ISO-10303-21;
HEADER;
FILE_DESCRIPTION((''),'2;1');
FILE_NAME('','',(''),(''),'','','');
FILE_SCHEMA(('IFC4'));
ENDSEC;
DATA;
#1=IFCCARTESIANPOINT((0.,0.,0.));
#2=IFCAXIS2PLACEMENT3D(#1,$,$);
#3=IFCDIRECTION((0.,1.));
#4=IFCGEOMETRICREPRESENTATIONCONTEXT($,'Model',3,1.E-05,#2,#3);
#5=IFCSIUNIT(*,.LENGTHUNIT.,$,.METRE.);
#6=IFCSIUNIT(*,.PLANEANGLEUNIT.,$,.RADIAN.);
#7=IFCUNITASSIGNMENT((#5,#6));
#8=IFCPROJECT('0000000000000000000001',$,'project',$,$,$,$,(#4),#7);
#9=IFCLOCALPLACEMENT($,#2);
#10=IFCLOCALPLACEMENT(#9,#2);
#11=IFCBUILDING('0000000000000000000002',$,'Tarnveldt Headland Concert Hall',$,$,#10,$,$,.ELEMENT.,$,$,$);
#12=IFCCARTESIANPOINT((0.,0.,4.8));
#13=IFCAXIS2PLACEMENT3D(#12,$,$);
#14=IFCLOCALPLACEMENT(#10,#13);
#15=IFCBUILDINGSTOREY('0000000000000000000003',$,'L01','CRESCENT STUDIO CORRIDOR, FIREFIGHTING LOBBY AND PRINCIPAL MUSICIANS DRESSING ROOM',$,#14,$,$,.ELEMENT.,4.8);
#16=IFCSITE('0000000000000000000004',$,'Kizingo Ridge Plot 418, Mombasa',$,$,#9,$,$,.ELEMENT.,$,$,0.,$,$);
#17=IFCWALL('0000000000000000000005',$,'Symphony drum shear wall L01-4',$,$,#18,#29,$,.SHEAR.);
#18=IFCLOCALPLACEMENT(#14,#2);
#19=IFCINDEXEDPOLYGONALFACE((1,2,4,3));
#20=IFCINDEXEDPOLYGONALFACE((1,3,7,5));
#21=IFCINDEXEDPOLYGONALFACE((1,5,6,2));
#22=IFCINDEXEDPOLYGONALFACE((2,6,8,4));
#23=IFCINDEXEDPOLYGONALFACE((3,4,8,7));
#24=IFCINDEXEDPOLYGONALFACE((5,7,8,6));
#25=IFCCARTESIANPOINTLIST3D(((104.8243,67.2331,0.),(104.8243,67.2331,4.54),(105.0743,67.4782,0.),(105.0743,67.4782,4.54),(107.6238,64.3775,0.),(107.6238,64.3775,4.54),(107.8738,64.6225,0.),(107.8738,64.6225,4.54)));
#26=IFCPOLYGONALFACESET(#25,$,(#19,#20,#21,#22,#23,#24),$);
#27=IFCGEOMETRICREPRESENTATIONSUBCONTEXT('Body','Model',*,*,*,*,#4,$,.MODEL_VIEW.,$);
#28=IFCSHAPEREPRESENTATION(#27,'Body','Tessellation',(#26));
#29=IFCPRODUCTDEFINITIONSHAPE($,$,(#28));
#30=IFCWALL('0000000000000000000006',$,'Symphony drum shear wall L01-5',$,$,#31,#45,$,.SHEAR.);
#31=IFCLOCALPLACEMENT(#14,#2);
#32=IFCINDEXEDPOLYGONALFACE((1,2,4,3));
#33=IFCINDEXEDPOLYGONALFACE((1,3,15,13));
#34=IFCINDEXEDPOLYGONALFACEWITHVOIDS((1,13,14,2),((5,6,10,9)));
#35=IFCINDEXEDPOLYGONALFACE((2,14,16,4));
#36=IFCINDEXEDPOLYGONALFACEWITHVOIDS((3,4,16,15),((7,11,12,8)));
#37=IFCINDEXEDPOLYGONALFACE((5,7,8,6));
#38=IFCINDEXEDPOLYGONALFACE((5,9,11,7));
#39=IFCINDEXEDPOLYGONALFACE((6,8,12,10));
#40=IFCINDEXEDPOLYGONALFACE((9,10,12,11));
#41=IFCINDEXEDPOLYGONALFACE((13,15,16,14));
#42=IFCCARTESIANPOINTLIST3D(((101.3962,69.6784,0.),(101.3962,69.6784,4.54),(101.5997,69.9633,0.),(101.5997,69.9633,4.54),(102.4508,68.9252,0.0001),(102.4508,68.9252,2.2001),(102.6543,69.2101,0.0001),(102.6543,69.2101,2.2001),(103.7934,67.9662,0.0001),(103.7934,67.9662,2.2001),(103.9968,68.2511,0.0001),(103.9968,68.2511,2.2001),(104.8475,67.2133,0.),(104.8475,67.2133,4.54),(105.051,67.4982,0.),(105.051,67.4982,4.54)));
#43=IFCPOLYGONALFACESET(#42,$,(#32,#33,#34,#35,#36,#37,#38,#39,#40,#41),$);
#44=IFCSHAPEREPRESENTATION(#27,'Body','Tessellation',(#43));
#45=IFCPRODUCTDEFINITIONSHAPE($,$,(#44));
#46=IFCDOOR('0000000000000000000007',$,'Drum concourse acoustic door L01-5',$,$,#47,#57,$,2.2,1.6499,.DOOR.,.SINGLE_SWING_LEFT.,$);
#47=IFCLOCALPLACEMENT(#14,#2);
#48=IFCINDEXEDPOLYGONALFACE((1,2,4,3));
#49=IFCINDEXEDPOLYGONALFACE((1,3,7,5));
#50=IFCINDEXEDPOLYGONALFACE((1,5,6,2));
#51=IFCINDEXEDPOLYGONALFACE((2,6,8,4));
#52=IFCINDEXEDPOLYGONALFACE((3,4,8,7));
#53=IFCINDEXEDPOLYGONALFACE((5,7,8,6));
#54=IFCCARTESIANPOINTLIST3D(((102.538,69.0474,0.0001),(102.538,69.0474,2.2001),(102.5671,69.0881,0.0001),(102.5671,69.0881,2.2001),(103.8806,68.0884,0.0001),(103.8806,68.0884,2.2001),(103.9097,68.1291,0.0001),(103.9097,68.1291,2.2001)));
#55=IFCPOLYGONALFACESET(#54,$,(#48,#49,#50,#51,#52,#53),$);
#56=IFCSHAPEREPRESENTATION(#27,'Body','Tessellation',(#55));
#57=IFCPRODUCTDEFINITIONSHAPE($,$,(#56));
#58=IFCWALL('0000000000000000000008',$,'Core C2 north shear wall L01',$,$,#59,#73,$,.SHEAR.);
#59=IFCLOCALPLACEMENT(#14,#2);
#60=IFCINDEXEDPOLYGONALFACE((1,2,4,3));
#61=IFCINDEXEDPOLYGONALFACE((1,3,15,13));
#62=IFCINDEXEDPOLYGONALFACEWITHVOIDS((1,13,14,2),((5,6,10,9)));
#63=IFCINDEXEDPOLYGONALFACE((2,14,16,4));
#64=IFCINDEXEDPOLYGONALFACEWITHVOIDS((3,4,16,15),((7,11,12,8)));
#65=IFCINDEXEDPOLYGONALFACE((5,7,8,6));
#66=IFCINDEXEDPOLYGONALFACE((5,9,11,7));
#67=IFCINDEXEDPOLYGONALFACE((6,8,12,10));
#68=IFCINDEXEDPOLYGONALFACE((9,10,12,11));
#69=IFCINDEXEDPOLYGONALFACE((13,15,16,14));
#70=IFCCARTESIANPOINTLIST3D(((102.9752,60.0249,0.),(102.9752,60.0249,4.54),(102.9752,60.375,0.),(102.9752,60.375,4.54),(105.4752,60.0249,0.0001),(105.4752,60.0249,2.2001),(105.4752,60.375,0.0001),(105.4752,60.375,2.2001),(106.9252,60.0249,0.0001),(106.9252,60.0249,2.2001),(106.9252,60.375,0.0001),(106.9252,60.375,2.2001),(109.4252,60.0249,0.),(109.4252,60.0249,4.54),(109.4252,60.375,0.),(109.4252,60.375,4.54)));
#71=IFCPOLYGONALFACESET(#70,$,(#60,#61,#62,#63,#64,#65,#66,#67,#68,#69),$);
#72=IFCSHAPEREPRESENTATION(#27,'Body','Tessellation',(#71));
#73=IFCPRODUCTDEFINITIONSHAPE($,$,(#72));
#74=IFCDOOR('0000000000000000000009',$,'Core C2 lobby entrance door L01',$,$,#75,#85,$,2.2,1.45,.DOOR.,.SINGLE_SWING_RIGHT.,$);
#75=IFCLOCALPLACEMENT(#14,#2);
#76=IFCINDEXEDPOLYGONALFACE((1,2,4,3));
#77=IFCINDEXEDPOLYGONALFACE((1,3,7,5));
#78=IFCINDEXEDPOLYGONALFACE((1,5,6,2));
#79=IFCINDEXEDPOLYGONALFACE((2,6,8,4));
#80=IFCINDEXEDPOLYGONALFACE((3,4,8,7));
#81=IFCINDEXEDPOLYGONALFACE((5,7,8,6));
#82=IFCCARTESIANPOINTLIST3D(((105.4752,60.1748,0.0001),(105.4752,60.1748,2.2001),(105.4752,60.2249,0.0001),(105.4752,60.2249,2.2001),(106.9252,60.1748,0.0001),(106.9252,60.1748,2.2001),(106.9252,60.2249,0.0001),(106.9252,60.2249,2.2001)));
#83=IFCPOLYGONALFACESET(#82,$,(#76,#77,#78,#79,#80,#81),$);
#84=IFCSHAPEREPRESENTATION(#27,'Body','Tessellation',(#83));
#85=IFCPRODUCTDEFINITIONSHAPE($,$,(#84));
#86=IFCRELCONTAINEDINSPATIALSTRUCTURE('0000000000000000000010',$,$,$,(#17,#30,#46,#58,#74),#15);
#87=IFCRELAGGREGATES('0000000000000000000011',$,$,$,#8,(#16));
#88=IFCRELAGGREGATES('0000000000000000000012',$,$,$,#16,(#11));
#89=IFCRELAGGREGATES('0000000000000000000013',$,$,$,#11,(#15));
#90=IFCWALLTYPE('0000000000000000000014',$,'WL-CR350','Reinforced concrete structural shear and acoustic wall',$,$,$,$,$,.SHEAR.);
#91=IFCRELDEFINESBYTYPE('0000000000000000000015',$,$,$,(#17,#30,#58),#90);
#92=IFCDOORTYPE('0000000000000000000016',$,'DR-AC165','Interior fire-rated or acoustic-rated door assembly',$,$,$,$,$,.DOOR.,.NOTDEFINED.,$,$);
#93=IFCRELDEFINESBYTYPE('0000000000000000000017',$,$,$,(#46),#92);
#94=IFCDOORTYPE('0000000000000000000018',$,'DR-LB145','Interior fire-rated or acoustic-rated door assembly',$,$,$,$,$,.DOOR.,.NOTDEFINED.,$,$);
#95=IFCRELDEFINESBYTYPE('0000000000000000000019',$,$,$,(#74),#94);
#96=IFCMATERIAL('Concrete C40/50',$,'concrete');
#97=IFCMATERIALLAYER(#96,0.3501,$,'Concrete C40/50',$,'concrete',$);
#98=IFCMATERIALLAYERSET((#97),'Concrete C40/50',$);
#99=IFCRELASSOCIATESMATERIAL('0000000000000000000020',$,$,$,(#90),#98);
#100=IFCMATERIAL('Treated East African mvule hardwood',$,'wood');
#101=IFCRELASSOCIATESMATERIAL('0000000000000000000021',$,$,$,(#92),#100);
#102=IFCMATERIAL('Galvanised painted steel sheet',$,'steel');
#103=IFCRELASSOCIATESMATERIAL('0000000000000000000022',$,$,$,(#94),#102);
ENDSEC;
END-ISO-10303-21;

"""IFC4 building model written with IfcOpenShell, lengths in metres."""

from ifc_helpers import new_model, si_unit, direction, frame, frame_2d, origin, place, context, subcontext, project, spatial, rectangle, extrude, material, layer, layer_set, type_object, element, fill, save


model = new_model("IFC4")

# Units and contexts
model_context = context("Model", 3, precision=1e-05, world=origin(), true_north=direction((0.0, 1.0)))
body_context = subcontext(model_context, "Body", "Model", "MODEL_VIEW")
ifc_project = project(units=[si_unit("LENGTHUNIT", "METRE"), si_unit("PLANEANGLEUNIT", "RADIAN")], contexts=[model_context])

# Site, building, storey
site_placement = place(None, origin())
site = spatial("IfcSite", under=ifc_project, at=site_placement, Name="Kizingo Ridge Plot 418, Mombasa", CompositionType="ELEMENT", RefElevation=0.0)
building_placement = place(site_placement, origin())
building = spatial("IfcBuilding", under=site, at=building_placement, Name="Tarnveldt Headland Concert Hall", CompositionType="ELEMENT")
storey_placement = place(building_placement, frame((0.0, 0.0, 4.8)))
storey = spatial("IfcBuildingStorey", under=building, at=storey_placement, Name="L01", Description="CRESCENT STUDIO CORRIDOR, FIREFIGHTING LOBBY AND PRINCIPAL MUSICIANS DRESSING ROOM", CompositionType="ELEMENT", Elevation=4.8)

# Shared definitions
ifc_material_1 = material(Name="Concrete C40/50", Category="concrete")

# Wall
ifc_layer_1 = layer(ifc_material_1, 0.3501, Name="Concrete C40/50", Category="concrete")
ifc_layer_set_1 = layer_set([ifc_layer_1], Name="Concrete C40/50")
wall_type_1 = type_object("IfcWallType", Name="WL-CR350", Description="Reinforced concrete structural shear and acoustic wall", PredefinedType="SHEAR", material=ifc_layer_set_1)
wall_1_placement = place(storey_placement, frame((107.7488, 64.5, 0.0), z_axis=(0.0, 0.0, 1.0), x_axis=(-0.700051, 0.714093, 0.0)))
element("IfcWall", 1, at=wall_1_placement, inside=storey, type_object=wall_type_1, Name="Symphony drum shear wall L01-4", PredefinedType="SHEAR", context=body_context, shape_type="SweptSolid", body=[
    extrude(rectangle(XDim=3.999, YDim=0.3501, at=frame_2d((1.9995, 0.0))), origin(), (0.0, 0.0, 1.0), 4.54),
])

# Walls, openings, doors
wall_2_placement = place(storey_placement, frame((104.9492, 67.3557, 0.0), z_axis=(0.0, 0.0, 1.0), x_axis=(-0.813737, 0.581233, 0.0)))
wall_2 = element("IfcWall", 2, at=wall_2_placement, inside=storey, type_object=wall_type_1, Name="Symphony drum shear wall L01-5", PredefinedType="SHEAR", context=body_context, shape_type="SweptSolid", body=[
    extrude(rectangle(XDim=4.2412, YDim=0.3501, at=frame_2d((2.1206, 0.0))), origin(), (0.0, 0.0, 1.0), 4.54),
])
opening_1_placement = place(wall_2_placement, frame((1.2954, 0.0, 0.0)))
opening_1 = element("IfcOpeningElement", 3, at=opening_1_placement, cuts=wall_2, PredefinedType="OPENING", context=body_context, shape_type="SweptSolid", body=[
    extrude(rectangle(XDim=1.6499, YDim=2.2, at=frame_2d((0.825, 1.1001))), frame((0.0, 0.1851, 0.0), z_axis=(0.0, -1.0, 0.0), x_axis=(1.0, 0.0, 0.0)), (0.0, 0.0, 1.0), 0.3701),
])
ifc_material_2 = material(Name="Treated East African mvule hardwood", Category="wood")
door_type_1 = type_object("IfcDoorType", Name="DR-AC165", Description="Interior fire-rated or acoustic-rated door assembly", OperationType="NOTDEFINED", PredefinedType="DOOR", material=ifc_material_2)
door_1_placement = place(opening_1_placement, origin())
door_1 = element("IfcDoor", 4, at=door_1_placement, inside=storey, type_object=door_type_1, Name="Drum concourse acoustic door L01-5", OperationType="SINGLE_SWING_LEFT", OverallHeight=2.2, OverallWidth=1.6499, PredefinedType="DOOR", context=body_context, shape_type="SweptSolid", body=[
    extrude(rectangle(XDim=1.6499, YDim=2.2, at=frame_2d((0.825, 1.1001))), frame((0.0, 0.0249, 0.0), z_axis=(0.0, -1.0, 0.0), x_axis=(1.0, 0.0, 0.0)), (0.0, 0.0, 1.0), 0.05),
])
fill(opening_1, door_1)
wall_3_placement = place(storey_placement, frame((102.9751, 60.2, 0.0), z_axis=(0.0, 0.0, 1.0), x_axis=(1.0, 0.0, 0.0)))
wall_3 = element("IfcWall", 5, at=wall_3_placement, inside=storey, type_object=wall_type_1, Name="Core C2 north shear wall L01", PredefinedType="SHEAR", context=body_context, shape_type="SweptSolid", body=[
    extrude(rectangle(XDim=6.45, YDim=0.3501, at=frame_2d((3.2251, 0.0))), origin(), (0.0, 0.0, 1.0), 4.54),
])
opening_2_placement = place(wall_3_placement, frame((2.5, 0.0, 0.0)))
opening_2 = element("IfcOpeningElement", 6, at=opening_2_placement, cuts=wall_3, PredefinedType="OPENING", context=body_context, shape_type="SweptSolid", body=[
    extrude(rectangle(XDim=1.45, YDim=2.2, at=frame_2d((0.7251, 1.1001))), frame((0.0, 0.1851, 0.0), z_axis=(0.0, -1.0, 0.0), x_axis=(1.0, 0.0, 0.0)), (0.0, 0.0, 1.0), 0.3701),
])
ifc_material_3 = material(Name="Galvanised painted steel sheet", Category="steel")
door_type_2 = type_object("IfcDoorType", Name="DR-LB145", Description="Interior fire-rated or acoustic-rated door assembly", OperationType="NOTDEFINED", PredefinedType="DOOR", material=ifc_material_3)
door_2_placement = place(opening_2_placement, origin())
door_2 = element("IfcDoor", 7, at=door_2_placement, inside=storey, type_object=door_type_2, Name="Core C2 lobby entrance door L01", OperationType="SINGLE_SWING_RIGHT", OverallHeight=2.2, OverallWidth=1.45, PredefinedType="DOOR", context=body_context, shape_type="SweptSolid", body=[
    extrude(rectangle(XDim=1.45, YDim=2.2, at=frame_2d((0.7251, 1.1001))), frame((0.0, 0.0249, 0.0), z_axis=(0.0, -1.0, 0.0), x_axis=(1.0, 0.0, 0.0)), (0.0, 0.0, 1.0), 0.05),
])
fill(opening_2, door_2)

save(model, "model.ifc")
